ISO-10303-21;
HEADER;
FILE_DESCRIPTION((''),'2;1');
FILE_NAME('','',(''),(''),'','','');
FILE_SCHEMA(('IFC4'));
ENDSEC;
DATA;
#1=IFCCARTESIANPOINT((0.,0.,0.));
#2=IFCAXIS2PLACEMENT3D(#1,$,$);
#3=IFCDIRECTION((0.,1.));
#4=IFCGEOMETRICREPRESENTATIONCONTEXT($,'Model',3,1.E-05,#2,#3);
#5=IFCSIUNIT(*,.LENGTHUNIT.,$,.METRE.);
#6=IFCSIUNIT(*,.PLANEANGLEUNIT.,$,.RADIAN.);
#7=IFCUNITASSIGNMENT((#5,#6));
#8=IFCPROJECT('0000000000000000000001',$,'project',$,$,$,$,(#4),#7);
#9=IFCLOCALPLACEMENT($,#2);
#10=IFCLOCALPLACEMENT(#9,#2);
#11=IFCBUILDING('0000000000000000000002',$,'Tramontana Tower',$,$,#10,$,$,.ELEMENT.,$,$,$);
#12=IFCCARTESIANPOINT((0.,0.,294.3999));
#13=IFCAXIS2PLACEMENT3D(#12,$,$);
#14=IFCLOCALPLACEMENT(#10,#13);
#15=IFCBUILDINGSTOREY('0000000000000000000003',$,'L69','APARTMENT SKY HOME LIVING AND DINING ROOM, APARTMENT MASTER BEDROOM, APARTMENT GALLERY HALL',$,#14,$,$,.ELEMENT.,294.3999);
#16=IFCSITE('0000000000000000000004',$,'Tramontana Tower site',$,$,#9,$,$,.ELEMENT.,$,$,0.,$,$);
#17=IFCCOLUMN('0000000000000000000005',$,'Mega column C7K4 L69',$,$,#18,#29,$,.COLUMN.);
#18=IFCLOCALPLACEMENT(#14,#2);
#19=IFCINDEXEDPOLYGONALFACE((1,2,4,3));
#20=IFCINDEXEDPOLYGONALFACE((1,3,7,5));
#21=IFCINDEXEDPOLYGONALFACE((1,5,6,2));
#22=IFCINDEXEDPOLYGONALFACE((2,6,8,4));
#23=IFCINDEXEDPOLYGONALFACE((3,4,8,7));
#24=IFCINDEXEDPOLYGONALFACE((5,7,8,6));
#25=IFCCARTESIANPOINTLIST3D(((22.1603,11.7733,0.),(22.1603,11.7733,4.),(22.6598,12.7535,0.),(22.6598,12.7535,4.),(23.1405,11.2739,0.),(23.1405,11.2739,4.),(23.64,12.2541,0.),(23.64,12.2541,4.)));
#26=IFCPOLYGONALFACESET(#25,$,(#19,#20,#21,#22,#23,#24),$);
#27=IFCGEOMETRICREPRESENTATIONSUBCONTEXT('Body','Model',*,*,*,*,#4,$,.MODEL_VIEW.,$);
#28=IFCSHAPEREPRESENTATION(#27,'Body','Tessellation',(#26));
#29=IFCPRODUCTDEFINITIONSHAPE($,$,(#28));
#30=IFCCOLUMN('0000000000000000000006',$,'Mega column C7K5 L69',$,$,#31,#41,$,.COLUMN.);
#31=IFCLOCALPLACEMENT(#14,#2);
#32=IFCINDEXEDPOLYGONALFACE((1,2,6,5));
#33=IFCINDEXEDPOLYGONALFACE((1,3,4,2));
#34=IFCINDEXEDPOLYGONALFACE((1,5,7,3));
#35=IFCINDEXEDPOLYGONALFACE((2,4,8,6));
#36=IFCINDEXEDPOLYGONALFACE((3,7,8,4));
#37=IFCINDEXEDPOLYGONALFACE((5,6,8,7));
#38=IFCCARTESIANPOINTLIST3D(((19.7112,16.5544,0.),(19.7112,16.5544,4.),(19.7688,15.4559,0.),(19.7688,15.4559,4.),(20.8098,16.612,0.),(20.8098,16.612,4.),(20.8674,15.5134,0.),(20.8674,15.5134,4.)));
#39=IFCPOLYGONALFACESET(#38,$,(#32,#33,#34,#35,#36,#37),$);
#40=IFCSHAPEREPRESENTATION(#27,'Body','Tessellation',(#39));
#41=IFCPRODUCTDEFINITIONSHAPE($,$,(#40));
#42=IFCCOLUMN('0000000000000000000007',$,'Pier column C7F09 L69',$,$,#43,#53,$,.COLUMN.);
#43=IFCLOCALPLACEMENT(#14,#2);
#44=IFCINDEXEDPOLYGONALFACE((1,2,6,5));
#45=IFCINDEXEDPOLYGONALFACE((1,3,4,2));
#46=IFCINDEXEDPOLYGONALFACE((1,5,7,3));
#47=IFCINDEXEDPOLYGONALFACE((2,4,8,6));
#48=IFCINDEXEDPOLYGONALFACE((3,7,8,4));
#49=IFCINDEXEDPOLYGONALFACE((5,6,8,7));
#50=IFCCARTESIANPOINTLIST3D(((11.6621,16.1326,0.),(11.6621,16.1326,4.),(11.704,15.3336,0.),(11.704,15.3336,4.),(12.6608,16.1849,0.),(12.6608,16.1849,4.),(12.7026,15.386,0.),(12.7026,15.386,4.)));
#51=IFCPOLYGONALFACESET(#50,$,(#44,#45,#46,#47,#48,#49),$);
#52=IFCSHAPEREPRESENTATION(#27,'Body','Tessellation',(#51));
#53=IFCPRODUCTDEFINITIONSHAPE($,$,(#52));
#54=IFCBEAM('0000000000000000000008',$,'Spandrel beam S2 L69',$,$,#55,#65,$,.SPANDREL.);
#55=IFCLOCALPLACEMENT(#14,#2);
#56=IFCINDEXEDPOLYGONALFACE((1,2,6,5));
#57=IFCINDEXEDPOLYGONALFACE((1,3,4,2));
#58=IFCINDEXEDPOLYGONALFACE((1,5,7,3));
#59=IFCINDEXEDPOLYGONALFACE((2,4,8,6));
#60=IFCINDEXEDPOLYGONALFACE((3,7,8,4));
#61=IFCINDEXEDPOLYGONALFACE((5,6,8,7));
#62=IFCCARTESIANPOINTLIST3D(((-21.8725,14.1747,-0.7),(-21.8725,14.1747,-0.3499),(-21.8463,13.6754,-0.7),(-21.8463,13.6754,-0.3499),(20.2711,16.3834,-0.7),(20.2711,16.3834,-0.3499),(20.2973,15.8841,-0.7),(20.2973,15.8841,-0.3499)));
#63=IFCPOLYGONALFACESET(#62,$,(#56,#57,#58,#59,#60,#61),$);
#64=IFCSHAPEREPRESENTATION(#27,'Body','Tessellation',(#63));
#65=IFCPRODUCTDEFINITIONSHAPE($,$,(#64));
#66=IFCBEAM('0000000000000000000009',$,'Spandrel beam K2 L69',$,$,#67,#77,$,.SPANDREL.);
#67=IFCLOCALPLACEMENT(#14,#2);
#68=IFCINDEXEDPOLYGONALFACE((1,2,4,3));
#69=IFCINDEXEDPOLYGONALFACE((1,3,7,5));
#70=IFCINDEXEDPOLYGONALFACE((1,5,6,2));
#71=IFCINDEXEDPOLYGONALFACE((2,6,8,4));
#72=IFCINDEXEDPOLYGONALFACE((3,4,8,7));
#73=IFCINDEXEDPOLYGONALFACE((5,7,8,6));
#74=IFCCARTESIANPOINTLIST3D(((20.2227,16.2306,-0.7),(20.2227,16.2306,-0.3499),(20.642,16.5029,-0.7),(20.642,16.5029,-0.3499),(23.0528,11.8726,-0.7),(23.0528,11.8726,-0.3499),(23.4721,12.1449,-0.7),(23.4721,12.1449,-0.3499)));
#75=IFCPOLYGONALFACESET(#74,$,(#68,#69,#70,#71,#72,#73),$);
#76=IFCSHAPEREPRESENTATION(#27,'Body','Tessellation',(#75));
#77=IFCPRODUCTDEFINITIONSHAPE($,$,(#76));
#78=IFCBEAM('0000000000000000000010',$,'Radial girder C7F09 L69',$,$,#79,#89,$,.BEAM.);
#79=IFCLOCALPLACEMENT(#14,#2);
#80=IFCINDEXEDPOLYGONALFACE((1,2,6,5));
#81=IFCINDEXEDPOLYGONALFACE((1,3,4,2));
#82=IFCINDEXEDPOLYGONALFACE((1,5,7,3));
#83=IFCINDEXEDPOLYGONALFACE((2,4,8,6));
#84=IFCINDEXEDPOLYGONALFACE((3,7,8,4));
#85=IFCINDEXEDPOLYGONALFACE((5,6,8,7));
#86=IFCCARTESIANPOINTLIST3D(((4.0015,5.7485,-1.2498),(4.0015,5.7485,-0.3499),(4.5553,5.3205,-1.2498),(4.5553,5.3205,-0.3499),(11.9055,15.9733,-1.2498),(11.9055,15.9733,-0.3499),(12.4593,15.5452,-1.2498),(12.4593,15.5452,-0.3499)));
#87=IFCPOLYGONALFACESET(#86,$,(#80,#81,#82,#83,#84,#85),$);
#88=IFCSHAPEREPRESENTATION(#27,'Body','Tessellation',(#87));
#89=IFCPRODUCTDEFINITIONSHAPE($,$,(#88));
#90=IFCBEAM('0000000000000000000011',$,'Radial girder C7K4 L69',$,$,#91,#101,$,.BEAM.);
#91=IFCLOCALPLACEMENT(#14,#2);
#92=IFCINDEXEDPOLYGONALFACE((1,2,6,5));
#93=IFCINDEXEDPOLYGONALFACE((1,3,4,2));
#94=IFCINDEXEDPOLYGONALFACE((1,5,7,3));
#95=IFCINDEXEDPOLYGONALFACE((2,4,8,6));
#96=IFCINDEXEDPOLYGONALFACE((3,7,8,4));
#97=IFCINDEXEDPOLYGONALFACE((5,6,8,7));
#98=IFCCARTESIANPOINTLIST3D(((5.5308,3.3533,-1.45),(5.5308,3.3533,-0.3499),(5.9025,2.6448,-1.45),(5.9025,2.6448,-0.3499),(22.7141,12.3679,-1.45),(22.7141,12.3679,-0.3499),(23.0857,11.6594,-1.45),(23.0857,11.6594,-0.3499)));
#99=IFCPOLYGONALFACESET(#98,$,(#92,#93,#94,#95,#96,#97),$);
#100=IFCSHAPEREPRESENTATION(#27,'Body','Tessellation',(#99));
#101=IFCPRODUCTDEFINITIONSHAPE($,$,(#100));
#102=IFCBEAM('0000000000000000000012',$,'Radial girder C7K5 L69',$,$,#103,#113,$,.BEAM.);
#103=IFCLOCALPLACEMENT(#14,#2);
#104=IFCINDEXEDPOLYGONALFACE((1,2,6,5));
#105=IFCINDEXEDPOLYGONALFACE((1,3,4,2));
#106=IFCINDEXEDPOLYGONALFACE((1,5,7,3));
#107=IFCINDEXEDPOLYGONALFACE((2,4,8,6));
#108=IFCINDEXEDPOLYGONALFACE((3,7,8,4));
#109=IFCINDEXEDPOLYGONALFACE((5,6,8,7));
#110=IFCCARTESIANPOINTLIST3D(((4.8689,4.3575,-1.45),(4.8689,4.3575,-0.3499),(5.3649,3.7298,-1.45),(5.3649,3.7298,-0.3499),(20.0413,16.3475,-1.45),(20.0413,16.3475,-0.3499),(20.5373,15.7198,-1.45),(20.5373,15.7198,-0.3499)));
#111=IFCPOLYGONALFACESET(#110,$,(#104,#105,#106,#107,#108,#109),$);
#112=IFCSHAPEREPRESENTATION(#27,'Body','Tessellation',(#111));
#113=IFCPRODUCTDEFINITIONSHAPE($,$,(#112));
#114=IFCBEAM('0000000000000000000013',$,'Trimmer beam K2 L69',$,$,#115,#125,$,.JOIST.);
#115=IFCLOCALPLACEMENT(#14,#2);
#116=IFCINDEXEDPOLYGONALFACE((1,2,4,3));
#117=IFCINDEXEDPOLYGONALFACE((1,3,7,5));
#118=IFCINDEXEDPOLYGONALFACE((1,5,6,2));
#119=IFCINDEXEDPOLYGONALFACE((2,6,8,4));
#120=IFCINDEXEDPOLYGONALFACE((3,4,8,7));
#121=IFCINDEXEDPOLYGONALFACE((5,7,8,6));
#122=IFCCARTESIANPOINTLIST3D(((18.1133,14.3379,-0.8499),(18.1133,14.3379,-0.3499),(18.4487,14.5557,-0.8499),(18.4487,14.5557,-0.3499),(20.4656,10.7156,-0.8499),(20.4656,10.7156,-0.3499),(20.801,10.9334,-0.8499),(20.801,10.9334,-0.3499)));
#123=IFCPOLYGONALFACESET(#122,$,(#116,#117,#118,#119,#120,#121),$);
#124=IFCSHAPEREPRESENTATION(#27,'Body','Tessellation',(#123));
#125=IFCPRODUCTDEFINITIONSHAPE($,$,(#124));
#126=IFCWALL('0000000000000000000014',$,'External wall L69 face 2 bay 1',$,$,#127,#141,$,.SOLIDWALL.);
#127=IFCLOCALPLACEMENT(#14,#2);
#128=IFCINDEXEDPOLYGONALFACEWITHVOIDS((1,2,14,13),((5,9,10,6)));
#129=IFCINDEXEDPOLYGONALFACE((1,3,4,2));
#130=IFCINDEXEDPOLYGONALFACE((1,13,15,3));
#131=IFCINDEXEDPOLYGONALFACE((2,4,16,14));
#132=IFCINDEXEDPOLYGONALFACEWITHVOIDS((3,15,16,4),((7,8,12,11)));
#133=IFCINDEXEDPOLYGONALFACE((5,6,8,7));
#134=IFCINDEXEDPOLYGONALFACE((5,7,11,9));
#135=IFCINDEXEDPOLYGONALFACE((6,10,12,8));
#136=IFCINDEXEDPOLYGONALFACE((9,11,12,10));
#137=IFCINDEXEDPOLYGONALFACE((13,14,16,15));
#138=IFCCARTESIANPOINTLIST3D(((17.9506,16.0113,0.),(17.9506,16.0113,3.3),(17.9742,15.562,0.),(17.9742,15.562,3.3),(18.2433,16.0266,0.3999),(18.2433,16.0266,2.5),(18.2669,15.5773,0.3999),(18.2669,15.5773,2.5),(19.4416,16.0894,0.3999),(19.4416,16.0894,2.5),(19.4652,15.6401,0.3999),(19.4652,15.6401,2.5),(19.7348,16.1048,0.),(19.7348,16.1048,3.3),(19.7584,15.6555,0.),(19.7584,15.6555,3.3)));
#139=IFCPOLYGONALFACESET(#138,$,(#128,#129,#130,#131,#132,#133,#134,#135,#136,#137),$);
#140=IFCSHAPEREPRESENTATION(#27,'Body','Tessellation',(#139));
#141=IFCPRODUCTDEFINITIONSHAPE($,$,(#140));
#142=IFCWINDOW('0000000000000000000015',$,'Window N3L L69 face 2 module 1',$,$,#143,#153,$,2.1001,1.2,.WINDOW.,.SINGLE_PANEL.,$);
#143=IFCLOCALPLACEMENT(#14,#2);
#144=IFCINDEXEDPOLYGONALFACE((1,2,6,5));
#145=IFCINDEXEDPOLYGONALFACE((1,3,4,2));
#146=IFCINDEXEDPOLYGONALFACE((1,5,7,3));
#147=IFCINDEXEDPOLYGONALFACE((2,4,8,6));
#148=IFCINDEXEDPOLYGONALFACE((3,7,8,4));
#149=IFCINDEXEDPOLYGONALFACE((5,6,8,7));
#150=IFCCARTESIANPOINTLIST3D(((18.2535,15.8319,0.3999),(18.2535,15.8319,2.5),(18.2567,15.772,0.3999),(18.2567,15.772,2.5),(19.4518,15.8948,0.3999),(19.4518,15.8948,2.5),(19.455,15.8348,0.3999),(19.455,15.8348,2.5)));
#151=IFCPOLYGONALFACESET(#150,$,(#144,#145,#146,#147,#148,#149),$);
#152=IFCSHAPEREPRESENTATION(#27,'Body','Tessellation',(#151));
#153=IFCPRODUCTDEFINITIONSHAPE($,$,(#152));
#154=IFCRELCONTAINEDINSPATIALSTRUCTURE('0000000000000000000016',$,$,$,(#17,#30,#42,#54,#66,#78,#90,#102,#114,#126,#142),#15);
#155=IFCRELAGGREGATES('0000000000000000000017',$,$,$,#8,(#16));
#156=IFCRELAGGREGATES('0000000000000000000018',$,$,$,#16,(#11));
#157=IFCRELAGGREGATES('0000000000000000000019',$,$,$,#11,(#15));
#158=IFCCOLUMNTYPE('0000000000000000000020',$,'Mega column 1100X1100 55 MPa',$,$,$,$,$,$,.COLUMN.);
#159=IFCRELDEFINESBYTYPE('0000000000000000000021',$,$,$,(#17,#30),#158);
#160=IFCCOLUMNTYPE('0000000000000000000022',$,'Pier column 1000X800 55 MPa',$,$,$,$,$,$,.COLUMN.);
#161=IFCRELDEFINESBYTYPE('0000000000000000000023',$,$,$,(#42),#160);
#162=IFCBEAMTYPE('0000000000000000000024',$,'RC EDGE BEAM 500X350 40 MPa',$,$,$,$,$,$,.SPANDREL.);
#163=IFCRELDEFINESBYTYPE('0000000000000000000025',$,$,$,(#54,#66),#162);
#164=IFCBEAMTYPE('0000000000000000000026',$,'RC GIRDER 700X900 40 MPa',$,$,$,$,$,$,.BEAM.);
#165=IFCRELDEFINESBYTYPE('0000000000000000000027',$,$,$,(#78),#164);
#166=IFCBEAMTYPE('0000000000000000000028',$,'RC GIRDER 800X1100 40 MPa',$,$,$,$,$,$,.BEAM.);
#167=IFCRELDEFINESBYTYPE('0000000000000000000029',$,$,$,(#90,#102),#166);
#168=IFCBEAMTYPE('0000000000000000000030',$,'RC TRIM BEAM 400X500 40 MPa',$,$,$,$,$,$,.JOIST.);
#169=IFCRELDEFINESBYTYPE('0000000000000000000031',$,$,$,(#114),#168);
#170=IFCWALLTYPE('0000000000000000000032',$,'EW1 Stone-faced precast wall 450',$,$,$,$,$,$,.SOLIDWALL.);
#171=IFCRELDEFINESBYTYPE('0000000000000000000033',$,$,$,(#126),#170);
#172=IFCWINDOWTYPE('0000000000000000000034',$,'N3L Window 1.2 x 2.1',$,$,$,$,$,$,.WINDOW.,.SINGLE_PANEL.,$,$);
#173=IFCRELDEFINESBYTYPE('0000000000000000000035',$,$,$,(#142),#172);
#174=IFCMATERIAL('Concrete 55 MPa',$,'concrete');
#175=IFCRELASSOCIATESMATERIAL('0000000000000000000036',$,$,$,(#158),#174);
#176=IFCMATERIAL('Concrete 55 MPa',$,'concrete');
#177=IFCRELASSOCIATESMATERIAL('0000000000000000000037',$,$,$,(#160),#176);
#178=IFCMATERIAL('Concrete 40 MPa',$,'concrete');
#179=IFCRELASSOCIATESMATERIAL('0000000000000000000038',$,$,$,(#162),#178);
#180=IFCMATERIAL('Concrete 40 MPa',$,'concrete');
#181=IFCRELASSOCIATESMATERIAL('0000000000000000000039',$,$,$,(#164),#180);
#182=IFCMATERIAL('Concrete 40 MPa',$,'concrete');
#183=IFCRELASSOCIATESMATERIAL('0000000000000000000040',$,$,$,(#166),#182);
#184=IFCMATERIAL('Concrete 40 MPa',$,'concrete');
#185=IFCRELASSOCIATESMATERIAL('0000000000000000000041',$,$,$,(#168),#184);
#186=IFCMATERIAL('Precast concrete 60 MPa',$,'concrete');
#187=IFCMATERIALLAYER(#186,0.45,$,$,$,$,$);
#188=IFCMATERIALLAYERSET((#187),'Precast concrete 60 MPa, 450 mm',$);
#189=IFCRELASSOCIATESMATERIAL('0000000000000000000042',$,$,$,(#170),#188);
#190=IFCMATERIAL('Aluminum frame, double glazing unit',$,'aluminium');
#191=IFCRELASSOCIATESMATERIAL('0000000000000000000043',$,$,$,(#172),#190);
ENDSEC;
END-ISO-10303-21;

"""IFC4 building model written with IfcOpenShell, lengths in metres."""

from ifc_helpers import new_model, si_unit, direction, frame, frame_2d, origin, origin_2d, place, context, subcontext, project, spatial, rectangle, extrude, material, layer, layer_set, material_profile, profile_set, type_object, element, fill, save


model = new_model("IFC4")

# Units and contexts
model_context = context("Model", 3, precision=1e-05, world=origin(), true_north=direction((0.0, 1.0)))
body_context = subcontext(model_context, "Body", "Model", "MODEL_VIEW")
ifc_project = project(units=[si_unit("LENGTHUNIT", "METRE"), si_unit("PLANEANGLEUNIT", "RADIAN")], contexts=[model_context])

# Site, building, storey
site_placement = place(None, origin())
site = spatial("IfcSite", under=ifc_project, at=site_placement, Name="Tramontana Tower site", CompositionType="ELEMENT", RefElevation=0.0)
building_placement = place(site_placement, origin())
building = spatial("IfcBuilding", under=site, at=building_placement, Name="Tramontana Tower", CompositionType="ELEMENT")
storey_placement = place(building_placement, frame((0.0, 0.0, 294.3999)))
storey = spatial("IfcBuildingStorey", under=building, at=storey_placement, Name="L69", Description="APARTMENT SKY HOME LIVING AND DINING ROOM, APARTMENT MASTER BEDROOM, APARTMENT GALLERY HALL", CompositionType="ELEMENT", Elevation=294.3999)

# Columns
ifc_material_1 = material(Name="Concrete 55 MPa", Category="concrete")
ifc_material_profile_1 = material_profile(ifc_material_1, rectangle(XDim=1.1001, YDim=1.1001, at=origin_2d()), Name="Mega column 1100X1100 55 MPa")
ifc_profile_set_1 = profile_set([ifc_material_profile_1], Name="Concrete 55 MPa")
column_type_1 = type_object("IfcColumnType", Name="Mega column 1100X1100 55 MPa", PredefinedType="COLUMN", material=ifc_profile_set_1)
for number, where, z_axis, x_axis, name in (
    (1, (22.9001, 12.0137, 0.0), (0.0, 0.0, 1.0), (0.45399, 0.891007, 0.0), "Mega column C7K4 L69"),
    (2, (20.2893, 16.0339, 0.0), (0.0, 0.0, 1.0), (-0.99863, -0.052336, 0.0), "Mega column C7K5 L69"),
):
    element("IfcColumn", number, at=place(storey_placement, frame(where, z_axis=z_axis, x_axis=x_axis)), inside=storey, type_object=column_type_1, Name=name, PredefinedType="COLUMN", context=body_context, shape_type="SweptSolid", body=[
        extrude(rectangle(XDim=1.1001, YDim=1.1001, at=origin_2d()), origin(), (0.0, 0.0, 1.0), 4.0),
    ])
ifc_material_2 = material(Name="Concrete 55 MPa", Category="concrete")
ifc_material_profile_2 = material_profile(ifc_material_2, rectangle(XDim=1.0, YDim=0.8, at=origin_2d()), Name="Pier column 1000X800 55 MPa")
ifc_profile_set_2 = profile_set([ifc_material_profile_2], Name="Concrete 55 MPa")
column_type_2 = type_object("IfcColumnType", Name="Pier column 1000X800 55 MPa", PredefinedType="COLUMN", material=ifc_profile_set_2)
column_placement = place(storey_placement, frame((12.1824, 15.7593, 0.0), z_axis=(0.0, 0.0, 1.0), x_axis=(-0.99863, -0.052336, 0.0)))
element("IfcColumn", 3, at=column_placement, inside=storey, type_object=column_type_2, Name="Pier column C7F09 L69", PredefinedType="COLUMN", context=body_context, shape_type="SweptSolid", body=[
    extrude(rectangle(XDim=1.0, YDim=0.8, at=origin_2d()), origin(), (0.0, 0.0, 1.0), 4.0),
])

# Beams
ifc_material_3 = material(Name="Concrete 40 MPa", Category="concrete")
ifc_material_profile_3 = material_profile(ifc_material_3, rectangle(XDim=0.5, YDim=0.3501, at=origin_2d()), Name="RC EDGE BEAM 500X350 40 MPa")
ifc_profile_set_3 = profile_set([ifc_material_profile_3], Name="Concrete 40 MPa")
beam_type_1 = type_object("IfcBeamType", Name="RC EDGE BEAM 500X350 40 MPa", PredefinedType="SPANDREL", material=ifc_profile_set_3)
beam_1_placement = place(storey_placement, frame((20.2842, 16.1338, -0.5249), z_axis=(-0.998629, -0.052338, 0.0), x_axis=(0.052338, -0.998629, 0.0)))
element("IfcBeam", 4, at=beam_1_placement, inside=storey, type_object=beam_type_1, Name="Spandrel beam S2 L69", PredefinedType="SPANDREL", context=body_context, shape_type="SweptSolid", body=[
    extrude(rectangle(XDim=0.5, YDim=0.3501, at=origin_2d()), origin(), (0.0, 0.0, 1.0), 42.2014),
])
beam_2_placement = place(storey_placement, frame((23.2625, 12.0088, -0.5249), z_axis=(-0.544641, 0.838669, 0.0), x_axis=(-0.838669, -0.544641, 0.0)))
element("IfcBeam", 5, at=beam_2_placement, inside=storey, type_object=beam_type_1, Name="Spandrel beam K2 L69", PredefinedType="SPANDREL", context=body_context, shape_type="SweptSolid", body=[
    extrude(rectangle(XDim=0.5, YDim=0.3501, at=origin_2d()), origin(), (0.0, 0.0, 1.0), 5.1963),
])
ifc_material_4 = material(Name="Concrete 40 MPa", Category="concrete")
ifc_material_profile_4 = material_profile(ifc_material_4, rectangle(XDim=0.7, YDim=0.8999, at=origin_2d()), Name="RC GIRDER 700X900 40 MPa")
ifc_profile_set_4 = profile_set([ifc_material_profile_4], Name="Concrete 40 MPa")
beam_type_2 = type_object("IfcBeamType", Name="RC GIRDER 700X900 40 MPa", PredefinedType="BEAM", material=ifc_profile_set_4)
beam_3_placement = place(storey_placement, frame((12.1824, 15.7593, -0.7998), z_axis=(-0.611594, -0.791172, 0.0), x_axis=(0.791172, -0.611594, 0.0)))
element("IfcBeam", 6, at=beam_3_placement, inside=storey, type_object=beam_type_2, Name="Radial girder C7F09 L69", PredefinedType="BEAM", context=body_context, shape_type="SweptSolid", body=[
    extrude(rectangle(XDim=0.7, YDim=0.8999, at=origin_2d()), origin(), (0.0, 0.0, 1.0), 12.9236),
])
ifc_material_5 = material(Name="Concrete 40 MPa", Category="concrete")
ifc_material_profile_5 = material_profile(ifc_material_5, rectangle(XDim=0.8, YDim=1.1001, at=origin_2d()), Name="RC GIRDER 800X1100 40 MPa")
ifc_profile_set_5 = profile_set([ifc_material_profile_5], Name="Concrete 40 MPa")
beam_type_3 = type_object("IfcBeamType", Name="RC GIRDER 800X1100 40 MPa", PredefinedType="BEAM", material=ifc_profile_set_5)
beam_4_placement = place(storey_placement, frame((22.8999, 12.0137, -0.8999), z_axis=(-0.885538, -0.464567, 0.0), x_axis=(0.464567, -0.885538, 0.0)))
element("IfcBeam", 7, at=beam_4_placement, inside=storey, type_object=beam_type_3, Name="Radial girder C7K4 L69", PredefinedType="BEAM", context=body_context, shape_type="SweptSolid", body=[
    extrude(rectangle(XDim=0.8, YDim=1.1001, at=origin_2d()), origin(), (0.0, 0.0, 1.0), 19.4043),
])
beam_5_placement = place(storey_placement, frame((20.2893, 16.0337, -0.8999), z_axis=(-0.784586, -0.62002, 0.0), x_axis=(0.62002, -0.784586, 0.0)))
element("IfcBeam", 8, at=beam_5_placement, inside=storey, type_object=beam_type_3, Name="Radial girder C7K5 L69", PredefinedType="BEAM", context=body_context, shape_type="SweptSolid", body=[
    extrude(rectangle(XDim=0.8, YDim=1.1001, at=origin_2d()), origin(), (0.0, 0.0, 1.0), 19.3381),
])
ifc_material_6 = material(Name="Concrete 40 MPa", Category="concrete")
ifc_material_profile_6 = material_profile(ifc_material_6, rectangle(XDim=0.3999, YDim=0.5, at=origin_2d()), Name="RC TRIM BEAM 400X500 40 MPa")
ifc_profile_set_6 = profile_set([ifc_material_profile_6], Name="Concrete 40 MPa")
beam_type_4 = type_object("IfcBeamType", Name="RC TRIM BEAM 400X500 40 MPa", PredefinedType="JOIST", material=ifc_profile_set_6)
beam_6_placement = place(storey_placement, frame((20.6333, 10.8245, -0.5999), z_axis=(-0.544629, 0.838677, 0.0), x_axis=(-0.838677, -0.544629, 0.0)))
element("IfcBeam", 9, at=beam_6_placement, inside=storey, type_object=beam_type_4, Name="Trimmer beam K2 L69", PredefinedType="JOIST", context=body_context, shape_type="SweptSolid", body=[
    extrude(rectangle(XDim=0.3999, YDim=0.5, at=origin_2d()), origin(), (0.0, 0.0, 1.0), 4.3191),
])

# Wall, opening, window
ifc_material_7 = material(Name="Precast concrete 60 MPa", Category="concrete")
ifc_layer_1 = layer(ifc_material_7, 0.45)
ifc_layer_set_1 = layer_set([ifc_layer_1], Name="Precast concrete 60 MPa, 450 mm")
wall_type_1 = type_object("IfcWallType", Name="EW1 Stone-faced precast wall 450", PredefinedType="SOLIDWALL", material=ifc_layer_set_1)
wall_1_placement = place(storey_placement, frame((19.7466, 15.8801, 0.0), z_axis=(0.0, 0.0, 1.0), x_axis=(-0.99863, -0.052336, 0.0)))
wall_1 = element("IfcWall", 10, at=wall_1_placement, inside=storey, type_object=wall_type_1, Name="External wall L69 face 2 bay 1", PredefinedType="SOLIDWALL", context=body_context, shape_type="SweptSolid", body=[
    extrude(rectangle(XDim=1.7866, YDim=0.45, at=frame_2d((0.8933, 0.0))), origin(), (0.0, 0.0, 1.0), 3.3),
])
opening_1_placement = place(wall_1_placement, frame((0.2935, 0.0, 0.3999)))
opening_1 = element("IfcOpeningElement", 11, at=opening_1_placement, cuts=wall_1, PredefinedType="OPENING", context=body_context, shape_type="SweptSolid", body=[
    extrude(rectangle(XDim=1.2, YDim=2.1001, at=frame_2d((0.6001, 1.05))), frame((0.0, 0.2349, 0.0), z_axis=(0.0, -1.0, 0.0), x_axis=(1.0, 0.0, 0.0)), (0.0, 0.0, 1.0), 0.47),
])
ifc_material_8 = material(Name="Aluminum frame, double glazing unit", Category="aluminium")
window_type_1 = type_object("IfcWindowType", Name="N3L Window 1.2 x 2.1", PartitioningType="SINGLE_PANEL", PredefinedType="WINDOW", material=ifc_material_8)
window_1_placement = place(opening_1_placement, origin())
window_1 = element("IfcWindow", 12, at=window_1_placement, inside=storey, type_object=window_type_1, Name="Window N3L L69 face 2 module 1", OverallHeight=2.1001, OverallWidth=1.2, PartitioningType="SINGLE_PANEL", PredefinedType="WINDOW", context=body_context, shape_type="SweptSolid", body=[
    extrude(rectangle(XDim=1.2, YDim=2.1001, at=frame_2d((0.6001, 1.05))), frame((0.0, 0.03, 0.0), z_axis=(0.0, -1.0, 0.0), x_axis=(1.0, 0.0, 0.0)), (0.0, 0.0, 1.0), 0.0601),
])
fill(opening_1, window_1)

save(model, "model.ifc")
